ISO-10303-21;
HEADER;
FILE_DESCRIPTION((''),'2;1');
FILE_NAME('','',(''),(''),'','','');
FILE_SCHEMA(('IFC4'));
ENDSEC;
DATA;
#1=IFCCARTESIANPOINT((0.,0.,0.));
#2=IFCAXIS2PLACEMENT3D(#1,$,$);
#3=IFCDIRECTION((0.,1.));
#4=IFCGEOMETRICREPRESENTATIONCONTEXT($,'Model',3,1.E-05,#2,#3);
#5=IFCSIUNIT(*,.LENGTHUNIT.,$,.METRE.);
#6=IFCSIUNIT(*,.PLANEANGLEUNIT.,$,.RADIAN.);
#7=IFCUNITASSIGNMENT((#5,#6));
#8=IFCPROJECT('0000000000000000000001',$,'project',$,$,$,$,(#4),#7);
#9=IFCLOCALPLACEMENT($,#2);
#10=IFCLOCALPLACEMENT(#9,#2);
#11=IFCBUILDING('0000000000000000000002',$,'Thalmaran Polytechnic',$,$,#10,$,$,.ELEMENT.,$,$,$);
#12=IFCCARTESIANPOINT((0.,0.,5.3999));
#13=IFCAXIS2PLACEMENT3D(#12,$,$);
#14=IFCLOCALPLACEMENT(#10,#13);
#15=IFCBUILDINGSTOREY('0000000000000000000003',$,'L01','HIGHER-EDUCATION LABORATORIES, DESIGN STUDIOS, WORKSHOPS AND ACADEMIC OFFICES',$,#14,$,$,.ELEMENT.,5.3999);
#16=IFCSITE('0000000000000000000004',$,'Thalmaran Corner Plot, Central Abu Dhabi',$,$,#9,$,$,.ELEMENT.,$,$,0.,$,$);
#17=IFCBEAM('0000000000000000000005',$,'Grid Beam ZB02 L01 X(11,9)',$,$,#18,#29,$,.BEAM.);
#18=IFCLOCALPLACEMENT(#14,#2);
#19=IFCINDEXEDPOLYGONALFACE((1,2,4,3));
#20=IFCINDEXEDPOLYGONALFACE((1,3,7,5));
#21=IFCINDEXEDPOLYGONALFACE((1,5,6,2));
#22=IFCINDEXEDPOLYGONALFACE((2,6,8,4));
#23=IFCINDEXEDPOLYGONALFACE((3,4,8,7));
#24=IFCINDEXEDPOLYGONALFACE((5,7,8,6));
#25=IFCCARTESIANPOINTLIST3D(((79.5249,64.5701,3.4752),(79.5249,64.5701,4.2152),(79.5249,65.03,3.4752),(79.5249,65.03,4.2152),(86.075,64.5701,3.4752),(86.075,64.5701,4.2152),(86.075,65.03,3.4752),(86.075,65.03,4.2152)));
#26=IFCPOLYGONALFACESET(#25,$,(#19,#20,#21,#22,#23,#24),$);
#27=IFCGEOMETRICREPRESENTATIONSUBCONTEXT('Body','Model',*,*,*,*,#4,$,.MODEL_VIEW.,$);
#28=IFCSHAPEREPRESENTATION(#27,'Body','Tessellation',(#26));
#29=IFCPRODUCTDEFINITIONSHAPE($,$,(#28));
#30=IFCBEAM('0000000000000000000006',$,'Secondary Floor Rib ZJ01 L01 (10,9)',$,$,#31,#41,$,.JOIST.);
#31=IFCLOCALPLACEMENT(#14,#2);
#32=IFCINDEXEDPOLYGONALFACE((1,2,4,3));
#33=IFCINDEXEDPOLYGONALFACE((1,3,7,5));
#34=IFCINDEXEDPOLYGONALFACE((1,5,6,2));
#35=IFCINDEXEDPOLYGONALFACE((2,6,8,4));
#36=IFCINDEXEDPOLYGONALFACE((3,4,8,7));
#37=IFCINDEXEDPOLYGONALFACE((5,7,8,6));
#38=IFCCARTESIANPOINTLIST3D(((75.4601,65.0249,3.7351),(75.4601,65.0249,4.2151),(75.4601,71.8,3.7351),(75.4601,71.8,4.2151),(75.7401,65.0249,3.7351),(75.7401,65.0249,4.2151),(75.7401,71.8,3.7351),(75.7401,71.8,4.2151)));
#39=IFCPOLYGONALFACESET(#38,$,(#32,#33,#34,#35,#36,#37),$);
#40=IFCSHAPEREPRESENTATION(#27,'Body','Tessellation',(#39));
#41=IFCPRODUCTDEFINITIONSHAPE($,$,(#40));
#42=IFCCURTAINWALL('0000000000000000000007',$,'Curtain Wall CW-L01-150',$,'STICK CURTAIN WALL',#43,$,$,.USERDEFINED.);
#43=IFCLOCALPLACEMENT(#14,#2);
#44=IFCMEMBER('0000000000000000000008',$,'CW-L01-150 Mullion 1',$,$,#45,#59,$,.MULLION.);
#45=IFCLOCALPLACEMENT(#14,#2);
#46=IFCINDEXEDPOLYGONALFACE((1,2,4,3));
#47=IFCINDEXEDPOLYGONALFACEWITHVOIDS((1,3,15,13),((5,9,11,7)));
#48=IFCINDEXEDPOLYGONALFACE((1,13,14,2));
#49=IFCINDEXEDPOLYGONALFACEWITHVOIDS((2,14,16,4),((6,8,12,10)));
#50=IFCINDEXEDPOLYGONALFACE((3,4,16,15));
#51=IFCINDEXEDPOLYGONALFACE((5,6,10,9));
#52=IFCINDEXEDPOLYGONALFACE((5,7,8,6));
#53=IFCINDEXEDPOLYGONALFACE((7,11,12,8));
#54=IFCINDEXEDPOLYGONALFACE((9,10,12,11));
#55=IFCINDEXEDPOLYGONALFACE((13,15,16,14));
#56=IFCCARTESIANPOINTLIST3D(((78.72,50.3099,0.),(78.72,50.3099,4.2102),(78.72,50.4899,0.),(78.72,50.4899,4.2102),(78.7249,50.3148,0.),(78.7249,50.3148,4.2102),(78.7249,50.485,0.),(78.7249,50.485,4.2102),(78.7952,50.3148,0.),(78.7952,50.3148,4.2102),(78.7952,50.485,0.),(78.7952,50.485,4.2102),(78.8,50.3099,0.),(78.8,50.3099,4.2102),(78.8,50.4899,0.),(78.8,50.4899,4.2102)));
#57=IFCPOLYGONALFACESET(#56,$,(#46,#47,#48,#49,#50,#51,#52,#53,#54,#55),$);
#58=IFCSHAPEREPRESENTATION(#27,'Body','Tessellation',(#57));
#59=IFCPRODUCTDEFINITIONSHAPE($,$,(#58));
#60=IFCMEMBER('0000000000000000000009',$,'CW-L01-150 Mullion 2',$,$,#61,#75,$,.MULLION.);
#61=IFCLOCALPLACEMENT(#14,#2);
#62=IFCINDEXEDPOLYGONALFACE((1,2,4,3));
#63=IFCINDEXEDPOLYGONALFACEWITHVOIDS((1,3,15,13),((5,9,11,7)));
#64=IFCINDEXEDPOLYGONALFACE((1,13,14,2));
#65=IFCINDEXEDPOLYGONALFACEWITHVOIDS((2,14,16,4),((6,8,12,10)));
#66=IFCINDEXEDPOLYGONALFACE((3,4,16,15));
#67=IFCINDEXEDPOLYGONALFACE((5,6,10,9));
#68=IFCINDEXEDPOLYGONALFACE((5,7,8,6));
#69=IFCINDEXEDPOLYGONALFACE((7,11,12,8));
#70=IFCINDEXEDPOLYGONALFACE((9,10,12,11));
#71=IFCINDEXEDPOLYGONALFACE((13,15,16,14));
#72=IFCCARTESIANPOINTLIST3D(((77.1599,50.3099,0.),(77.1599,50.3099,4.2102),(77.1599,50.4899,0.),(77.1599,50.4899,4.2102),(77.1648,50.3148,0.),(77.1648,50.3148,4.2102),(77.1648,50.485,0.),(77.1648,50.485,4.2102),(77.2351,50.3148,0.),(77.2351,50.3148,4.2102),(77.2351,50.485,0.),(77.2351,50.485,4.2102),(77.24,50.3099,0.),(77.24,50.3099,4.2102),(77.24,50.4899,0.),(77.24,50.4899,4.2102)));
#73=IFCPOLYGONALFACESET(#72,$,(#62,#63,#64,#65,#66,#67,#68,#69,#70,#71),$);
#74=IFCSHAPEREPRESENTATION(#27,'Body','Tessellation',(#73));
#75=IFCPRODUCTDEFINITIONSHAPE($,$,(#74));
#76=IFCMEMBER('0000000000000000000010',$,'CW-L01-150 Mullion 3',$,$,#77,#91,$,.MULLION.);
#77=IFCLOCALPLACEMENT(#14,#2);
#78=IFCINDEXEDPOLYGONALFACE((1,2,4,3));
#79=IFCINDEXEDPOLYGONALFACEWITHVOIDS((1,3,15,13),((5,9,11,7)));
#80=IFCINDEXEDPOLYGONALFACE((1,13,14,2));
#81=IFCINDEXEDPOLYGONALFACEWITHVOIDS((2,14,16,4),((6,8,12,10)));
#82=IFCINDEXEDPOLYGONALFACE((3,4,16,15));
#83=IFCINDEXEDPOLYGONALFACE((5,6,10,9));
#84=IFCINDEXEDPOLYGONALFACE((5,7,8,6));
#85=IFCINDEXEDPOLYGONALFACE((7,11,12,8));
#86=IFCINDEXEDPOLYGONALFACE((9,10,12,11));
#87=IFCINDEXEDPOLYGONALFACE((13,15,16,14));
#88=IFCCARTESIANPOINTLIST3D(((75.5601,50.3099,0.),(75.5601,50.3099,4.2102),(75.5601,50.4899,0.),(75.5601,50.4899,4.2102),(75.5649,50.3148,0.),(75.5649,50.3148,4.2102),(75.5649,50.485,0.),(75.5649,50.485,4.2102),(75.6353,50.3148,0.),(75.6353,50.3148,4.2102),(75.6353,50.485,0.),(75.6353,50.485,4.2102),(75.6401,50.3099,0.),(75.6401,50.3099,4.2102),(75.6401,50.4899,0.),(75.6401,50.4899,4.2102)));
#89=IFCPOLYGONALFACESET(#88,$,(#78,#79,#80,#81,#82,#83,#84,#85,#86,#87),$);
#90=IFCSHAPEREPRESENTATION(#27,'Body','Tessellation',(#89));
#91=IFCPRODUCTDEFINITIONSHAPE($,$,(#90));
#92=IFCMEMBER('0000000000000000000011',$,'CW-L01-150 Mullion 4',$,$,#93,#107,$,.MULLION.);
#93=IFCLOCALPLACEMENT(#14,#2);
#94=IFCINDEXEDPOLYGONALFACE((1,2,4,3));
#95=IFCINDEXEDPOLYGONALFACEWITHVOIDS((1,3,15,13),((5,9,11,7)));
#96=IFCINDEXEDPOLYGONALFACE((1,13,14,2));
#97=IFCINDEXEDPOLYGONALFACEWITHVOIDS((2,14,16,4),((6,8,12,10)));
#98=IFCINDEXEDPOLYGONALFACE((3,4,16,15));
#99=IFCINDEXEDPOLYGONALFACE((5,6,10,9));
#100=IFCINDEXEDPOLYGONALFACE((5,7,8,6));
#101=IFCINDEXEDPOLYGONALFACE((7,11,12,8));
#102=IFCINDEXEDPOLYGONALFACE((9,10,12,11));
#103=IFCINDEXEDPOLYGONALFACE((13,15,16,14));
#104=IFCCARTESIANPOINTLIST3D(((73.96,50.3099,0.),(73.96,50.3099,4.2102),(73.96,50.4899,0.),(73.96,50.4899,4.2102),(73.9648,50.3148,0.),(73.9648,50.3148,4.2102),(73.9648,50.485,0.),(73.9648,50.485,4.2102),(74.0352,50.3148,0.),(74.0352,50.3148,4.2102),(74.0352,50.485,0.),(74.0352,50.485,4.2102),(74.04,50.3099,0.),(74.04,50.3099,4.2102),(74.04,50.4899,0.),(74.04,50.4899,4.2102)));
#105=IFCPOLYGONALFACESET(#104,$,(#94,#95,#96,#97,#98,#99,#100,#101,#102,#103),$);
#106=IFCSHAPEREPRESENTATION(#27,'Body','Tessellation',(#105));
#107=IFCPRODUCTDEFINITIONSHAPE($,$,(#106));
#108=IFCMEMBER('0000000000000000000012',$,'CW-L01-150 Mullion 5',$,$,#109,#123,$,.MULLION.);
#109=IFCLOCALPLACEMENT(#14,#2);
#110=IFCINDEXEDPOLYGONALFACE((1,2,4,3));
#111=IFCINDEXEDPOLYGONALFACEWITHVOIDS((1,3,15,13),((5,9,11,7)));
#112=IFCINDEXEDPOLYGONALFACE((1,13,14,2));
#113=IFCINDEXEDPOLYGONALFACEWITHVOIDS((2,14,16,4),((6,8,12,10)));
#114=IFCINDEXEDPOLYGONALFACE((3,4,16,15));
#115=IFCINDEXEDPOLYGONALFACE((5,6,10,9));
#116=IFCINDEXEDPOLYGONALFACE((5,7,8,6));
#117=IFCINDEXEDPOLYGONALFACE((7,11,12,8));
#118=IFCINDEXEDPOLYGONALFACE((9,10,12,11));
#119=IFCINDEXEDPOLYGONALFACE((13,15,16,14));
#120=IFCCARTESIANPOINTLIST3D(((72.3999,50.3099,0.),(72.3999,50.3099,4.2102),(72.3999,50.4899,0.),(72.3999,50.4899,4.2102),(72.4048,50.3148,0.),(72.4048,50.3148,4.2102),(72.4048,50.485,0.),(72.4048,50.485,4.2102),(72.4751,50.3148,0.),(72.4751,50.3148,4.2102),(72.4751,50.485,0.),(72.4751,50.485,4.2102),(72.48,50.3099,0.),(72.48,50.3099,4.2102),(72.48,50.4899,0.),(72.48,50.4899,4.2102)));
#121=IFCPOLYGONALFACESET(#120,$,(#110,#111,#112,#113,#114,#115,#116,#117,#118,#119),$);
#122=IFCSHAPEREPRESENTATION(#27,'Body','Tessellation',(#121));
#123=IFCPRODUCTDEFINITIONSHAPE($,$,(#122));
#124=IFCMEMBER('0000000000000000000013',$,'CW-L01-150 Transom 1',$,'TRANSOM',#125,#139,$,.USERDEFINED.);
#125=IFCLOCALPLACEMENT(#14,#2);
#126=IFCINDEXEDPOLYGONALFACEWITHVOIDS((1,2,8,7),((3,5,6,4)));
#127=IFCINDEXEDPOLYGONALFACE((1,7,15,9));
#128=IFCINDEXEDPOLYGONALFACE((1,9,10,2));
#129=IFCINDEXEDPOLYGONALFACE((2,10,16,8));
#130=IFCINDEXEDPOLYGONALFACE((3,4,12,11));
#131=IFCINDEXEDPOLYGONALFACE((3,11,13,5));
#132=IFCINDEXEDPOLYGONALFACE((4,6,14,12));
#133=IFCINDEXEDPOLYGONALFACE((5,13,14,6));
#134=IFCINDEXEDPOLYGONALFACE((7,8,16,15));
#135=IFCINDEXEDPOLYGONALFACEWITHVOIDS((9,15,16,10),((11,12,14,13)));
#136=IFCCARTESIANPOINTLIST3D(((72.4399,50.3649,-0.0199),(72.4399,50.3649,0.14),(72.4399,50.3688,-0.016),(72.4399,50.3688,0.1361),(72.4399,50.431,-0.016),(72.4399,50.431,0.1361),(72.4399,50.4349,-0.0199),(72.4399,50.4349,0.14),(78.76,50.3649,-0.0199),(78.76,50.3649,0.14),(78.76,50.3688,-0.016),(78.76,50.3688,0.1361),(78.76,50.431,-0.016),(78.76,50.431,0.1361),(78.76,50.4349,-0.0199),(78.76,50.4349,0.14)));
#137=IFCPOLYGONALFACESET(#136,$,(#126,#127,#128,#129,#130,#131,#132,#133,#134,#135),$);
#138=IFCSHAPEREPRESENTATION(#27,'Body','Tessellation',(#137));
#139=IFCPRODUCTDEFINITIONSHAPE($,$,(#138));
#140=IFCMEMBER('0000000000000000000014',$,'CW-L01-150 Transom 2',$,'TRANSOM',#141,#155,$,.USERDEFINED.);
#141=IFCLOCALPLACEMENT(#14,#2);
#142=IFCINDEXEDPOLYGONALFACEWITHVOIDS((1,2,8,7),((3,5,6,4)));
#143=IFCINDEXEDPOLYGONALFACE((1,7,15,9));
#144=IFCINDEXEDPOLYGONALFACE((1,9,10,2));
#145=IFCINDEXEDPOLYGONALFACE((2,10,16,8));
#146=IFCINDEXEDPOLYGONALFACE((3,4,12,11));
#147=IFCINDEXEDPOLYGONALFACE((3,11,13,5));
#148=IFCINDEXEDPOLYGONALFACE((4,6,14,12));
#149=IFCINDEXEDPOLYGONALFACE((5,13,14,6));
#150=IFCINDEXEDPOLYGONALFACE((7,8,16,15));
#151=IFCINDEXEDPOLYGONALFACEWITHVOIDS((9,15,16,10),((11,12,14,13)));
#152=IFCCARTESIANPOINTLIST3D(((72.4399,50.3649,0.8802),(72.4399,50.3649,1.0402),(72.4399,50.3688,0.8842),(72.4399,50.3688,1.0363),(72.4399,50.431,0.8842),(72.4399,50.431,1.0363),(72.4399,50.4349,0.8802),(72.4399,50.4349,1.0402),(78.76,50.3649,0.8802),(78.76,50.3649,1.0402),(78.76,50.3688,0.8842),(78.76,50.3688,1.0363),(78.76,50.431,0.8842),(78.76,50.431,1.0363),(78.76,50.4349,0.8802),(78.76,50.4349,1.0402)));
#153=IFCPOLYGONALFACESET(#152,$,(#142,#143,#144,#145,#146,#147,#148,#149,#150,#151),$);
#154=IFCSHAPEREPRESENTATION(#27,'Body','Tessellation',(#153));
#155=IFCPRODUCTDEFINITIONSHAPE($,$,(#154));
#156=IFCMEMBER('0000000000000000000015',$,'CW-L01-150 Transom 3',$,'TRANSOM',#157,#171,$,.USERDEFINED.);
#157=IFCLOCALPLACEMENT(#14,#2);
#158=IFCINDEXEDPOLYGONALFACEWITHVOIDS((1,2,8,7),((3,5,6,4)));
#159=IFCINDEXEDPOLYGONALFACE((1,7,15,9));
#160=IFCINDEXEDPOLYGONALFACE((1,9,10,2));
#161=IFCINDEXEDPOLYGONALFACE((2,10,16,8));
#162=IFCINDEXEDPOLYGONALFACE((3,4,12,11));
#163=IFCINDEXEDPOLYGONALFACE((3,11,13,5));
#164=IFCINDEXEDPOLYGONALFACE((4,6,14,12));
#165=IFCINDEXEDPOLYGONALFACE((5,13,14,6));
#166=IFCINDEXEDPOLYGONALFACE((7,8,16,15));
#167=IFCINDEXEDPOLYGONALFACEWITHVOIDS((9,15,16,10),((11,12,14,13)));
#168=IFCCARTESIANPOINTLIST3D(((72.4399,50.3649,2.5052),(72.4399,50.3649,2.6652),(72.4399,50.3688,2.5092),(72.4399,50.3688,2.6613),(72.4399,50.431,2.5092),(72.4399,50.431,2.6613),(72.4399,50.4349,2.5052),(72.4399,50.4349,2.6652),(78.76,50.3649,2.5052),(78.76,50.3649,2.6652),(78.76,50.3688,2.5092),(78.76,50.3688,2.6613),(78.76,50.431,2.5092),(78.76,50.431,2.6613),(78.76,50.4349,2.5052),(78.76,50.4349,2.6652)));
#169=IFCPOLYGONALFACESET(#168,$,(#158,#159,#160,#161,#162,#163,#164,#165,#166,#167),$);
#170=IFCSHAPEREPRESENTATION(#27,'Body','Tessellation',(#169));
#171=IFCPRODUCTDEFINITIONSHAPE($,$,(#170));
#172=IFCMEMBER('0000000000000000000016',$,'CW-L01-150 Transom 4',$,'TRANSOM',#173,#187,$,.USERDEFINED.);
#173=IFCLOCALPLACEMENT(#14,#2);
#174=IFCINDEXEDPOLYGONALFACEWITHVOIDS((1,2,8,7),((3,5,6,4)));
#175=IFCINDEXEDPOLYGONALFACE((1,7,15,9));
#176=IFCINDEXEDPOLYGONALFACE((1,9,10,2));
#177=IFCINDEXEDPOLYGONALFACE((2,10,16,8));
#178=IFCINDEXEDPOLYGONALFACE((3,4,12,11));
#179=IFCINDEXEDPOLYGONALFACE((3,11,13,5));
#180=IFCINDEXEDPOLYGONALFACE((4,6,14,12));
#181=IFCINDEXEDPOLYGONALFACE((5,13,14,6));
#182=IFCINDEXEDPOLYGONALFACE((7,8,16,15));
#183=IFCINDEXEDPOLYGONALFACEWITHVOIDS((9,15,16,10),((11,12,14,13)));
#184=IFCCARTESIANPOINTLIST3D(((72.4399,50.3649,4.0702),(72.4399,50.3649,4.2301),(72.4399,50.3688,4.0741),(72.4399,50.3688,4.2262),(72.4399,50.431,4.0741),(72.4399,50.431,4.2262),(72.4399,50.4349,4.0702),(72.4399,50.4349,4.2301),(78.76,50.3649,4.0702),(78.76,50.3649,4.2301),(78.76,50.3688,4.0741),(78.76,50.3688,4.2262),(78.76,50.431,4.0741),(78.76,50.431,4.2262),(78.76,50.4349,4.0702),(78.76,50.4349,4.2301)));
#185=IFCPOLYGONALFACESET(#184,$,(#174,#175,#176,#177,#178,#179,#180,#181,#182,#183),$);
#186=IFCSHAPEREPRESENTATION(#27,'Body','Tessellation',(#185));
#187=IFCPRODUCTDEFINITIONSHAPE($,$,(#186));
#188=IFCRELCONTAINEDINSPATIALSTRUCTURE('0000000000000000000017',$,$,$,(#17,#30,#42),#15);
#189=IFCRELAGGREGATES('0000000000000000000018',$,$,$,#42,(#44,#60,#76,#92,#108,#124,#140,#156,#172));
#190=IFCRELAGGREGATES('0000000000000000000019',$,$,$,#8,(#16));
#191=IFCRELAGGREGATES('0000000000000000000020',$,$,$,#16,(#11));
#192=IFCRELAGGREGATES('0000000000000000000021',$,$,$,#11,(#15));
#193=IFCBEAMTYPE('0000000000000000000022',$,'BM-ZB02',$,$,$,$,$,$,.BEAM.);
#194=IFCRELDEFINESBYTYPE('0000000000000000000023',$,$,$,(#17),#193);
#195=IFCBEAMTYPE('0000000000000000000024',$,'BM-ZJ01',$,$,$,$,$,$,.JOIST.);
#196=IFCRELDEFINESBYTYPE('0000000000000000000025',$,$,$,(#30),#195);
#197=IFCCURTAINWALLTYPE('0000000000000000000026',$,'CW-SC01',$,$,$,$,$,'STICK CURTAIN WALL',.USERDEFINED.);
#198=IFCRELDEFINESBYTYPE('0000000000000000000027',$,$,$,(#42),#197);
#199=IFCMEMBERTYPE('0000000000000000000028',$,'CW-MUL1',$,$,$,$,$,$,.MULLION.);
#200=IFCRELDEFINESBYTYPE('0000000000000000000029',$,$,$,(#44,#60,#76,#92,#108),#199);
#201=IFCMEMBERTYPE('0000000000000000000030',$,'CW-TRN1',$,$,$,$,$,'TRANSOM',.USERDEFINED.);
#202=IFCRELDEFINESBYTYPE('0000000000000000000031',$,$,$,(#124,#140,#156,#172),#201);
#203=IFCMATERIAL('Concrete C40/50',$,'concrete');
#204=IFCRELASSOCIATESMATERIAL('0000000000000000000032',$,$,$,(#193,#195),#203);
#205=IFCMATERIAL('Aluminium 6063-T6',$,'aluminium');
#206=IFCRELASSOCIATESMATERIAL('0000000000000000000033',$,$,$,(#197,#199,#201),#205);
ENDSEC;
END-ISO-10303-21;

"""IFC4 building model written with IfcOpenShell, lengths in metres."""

from ifc_helpers import new_model, si_unit, direction, frame, origin, origin_2d, place, context, subcontext, project, spatial, rectangle, hollow_rectangle, extrude, material, material_profile, profile_set, type_object, element, aggregate, save


model = new_model("IFC4")

# Units and contexts
model_context = context("Model", 3, precision=1e-05, world=origin(), true_north=direction((0.0, 1.0)))
body_context = subcontext(model_context, "Body", "Model", "MODEL_VIEW")
ifc_project = project(units=[si_unit("LENGTHUNIT", "METRE"), si_unit("PLANEANGLEUNIT", "RADIAN")], contexts=[model_context])

# Site, building, storey
site_placement = place(None, origin())
site = spatial("IfcSite", under=ifc_project, at=site_placement, Name="Thalmaran Corner Plot, Central Abu Dhabi", CompositionType="ELEMENT", RefElevation=0.0)
building_placement = place(site_placement, origin())
building = spatial("IfcBuilding", under=site, at=building_placement, Name="Thalmaran Polytechnic", CompositionType="ELEMENT")
storey_placement = place(building_placement, frame((0.0, 0.0, 5.3999)))
storey = spatial("IfcBuildingStorey", under=building, at=storey_placement, Name="L01", Description="HIGHER-EDUCATION LABORATORIES, DESIGN STUDIOS, WORKSHOPS AND ACADEMIC OFFICES", CompositionType="ELEMENT", Elevation=5.3999)

# Shared definitions
ifc_material_1 = material(Name="Concrete C40/50", Category="concrete")

# Beams
ifc_material_profile_1 = material_profile(ifc_material_1, rectangle(XDim=0.46, YDim=0.74, at=origin_2d()), Name="RC 460x740")
ifc_profile_set_1 = profile_set([ifc_material_profile_1], Name="Concrete C40/50")
beam_type_1 = type_object("IfcBeamType", Name="BM-ZB02", PredefinedType="BEAM", material=ifc_profile_set_1)
beam_1_placement = place(storey_placement, frame((79.5249, 64.8, 3.8452), z_axis=(1.0, 0.0, 0.0), x_axis=(0.0, 1.0, 0.0)))
element("IfcBeam", 1, at=beam_1_placement, inside=storey, type_object=beam_type_1, Name="Grid Beam ZB02 L01 X(11,9)", PredefinedType="BEAM", context=body_context, shape_type="SweptSolid", body=[
    extrude(rectangle(XDim=0.46, YDim=0.74, at=origin_2d()), origin(), (0.0, 0.0, 1.0), 6.55),
])
ifc_material_profile_2 = material_profile(ifc_material_1, rectangle(XDim=0.28, YDim=0.48, at=origin_2d()), Name="RC 280x480")
ifc_profile_set_2 = profile_set([ifc_material_profile_2], Name="Concrete C40/50")
beam_type_2 = type_object("IfcBeamType", Name="BM-ZJ01", PredefinedType="JOIST", material=ifc_profile_set_2)
beam_2_placement = place(storey_placement, frame((75.6001, 65.0249, 3.9751), z_axis=(0.0, 1.0, 0.0), x_axis=(-1.0, 0.0, 0.0)))
element("IfcBeam", 2, at=beam_2_placement, inside=storey, type_object=beam_type_2, Name="Secondary Floor Rib ZJ01 L01 (10,9)", PredefinedType="JOIST", context=body_context, shape_type="SweptSolid", body=[
    extrude(rectangle(XDim=0.28, YDim=0.48, at=origin_2d()), origin(), (0.0, 0.0, 1.0), 6.7751),
])

# Curtain wall, members
ifc_material_2 = material(Name="Aluminium 6063-T6", Category="aluminium")
curtain_wall_type = type_object("IfcCurtainWallType", Name="CW-SC01", ElementType="STICK CURTAIN WALL", PredefinedType="USERDEFINED", material=ifc_material_2)
curtain_wall_1_placement = place(storey_placement, origin())
curtain_wall_1 = element("IfcCurtainWall", 3, at=curtain_wall_1_placement, inside=storey, type_object=curtain_wall_type, Name="Curtain Wall CW-L01-150", ObjectType="STICK CURTAIN WALL", PredefinedType="USERDEFINED")
ifc_material_profile_3 = material_profile(ifc_material_2, hollow_rectangle(XDim=0.0801, YDim=0.1799, WallThickness=0.0049, at=origin_2d()), Name="RHS 180x80x5.0")
ifc_profile_set_3 = profile_set([ifc_material_profile_3], Name="Aluminium 6063-T6")
member_type_1 = type_object("IfcMemberType", Name="CW-MUL1", PredefinedType="MULLION", material=ifc_profile_set_3)
member_1_placement = place(storey_placement, frame((78.76, 50.3999, 0.0), z_axis=(0.0, 0.0, 1.0), x_axis=(1.0, 0.0, 0.0)))
member_1 = element("IfcMember", 4, at=member_1_placement, type_object=member_type_1, Name="CW-L01-150 Mullion 1", PredefinedType="MULLION", context=body_context, shape_type="SweptSolid", body=[
    extrude(hollow_rectangle(XDim=0.0801, YDim=0.1799, WallThickness=0.0049, at=origin_2d()), origin(), (0.0, 0.0, 1.0), 4.2102),
])
member_2_placement = place(storey_placement, frame((77.2, 50.3999, 0.0), z_axis=(0.0, 0.0, 1.0), x_axis=(1.0, 0.0, 0.0)))
member_2 = element("IfcMember", 5, at=member_2_placement, type_object=member_type_1, Name="CW-L01-150 Mullion 2", PredefinedType="MULLION", context=body_context, shape_type="SweptSolid", body=[
    extrude(hollow_rectangle(XDim=0.0801, YDim=0.1799, WallThickness=0.0049, at=origin_2d()), origin(), (0.0, 0.0, 1.0), 4.2102),
])
member_3_placement = place(storey_placement, frame((75.6001, 50.3999, 0.0), z_axis=(0.0, 0.0, 1.0), x_axis=(1.0, 0.0, 0.0)))
member_3 = element("IfcMember", 6, at=member_3_placement, type_object=member_type_1, Name="CW-L01-150 Mullion 3", PredefinedType="MULLION", context=body_context, shape_type="SweptSolid", body=[
    extrude(hollow_rectangle(XDim=0.0801, YDim=0.1799, WallThickness=0.0049, at=origin_2d()), origin(), (0.0, 0.0, 1.0), 4.2102),
])
member_4_placement = place(storey_placement, frame((74.0, 50.3999, 0.0), z_axis=(0.0, 0.0, 1.0), x_axis=(1.0, 0.0, 0.0)))
member_4 = element("IfcMember", 7, at=member_4_placement, type_object=member_type_1, Name="CW-L01-150 Mullion 4", PredefinedType="MULLION", context=body_context, shape_type="SweptSolid", body=[
    extrude(hollow_rectangle(XDim=0.0801, YDim=0.1799, WallThickness=0.0049, at=origin_2d()), origin(), (0.0, 0.0, 1.0), 4.2102),
])
member_5_placement = place(storey_placement, frame((72.4399, 50.3999, 0.0), z_axis=(0.0, 0.0, 1.0), x_axis=(1.0, 0.0, 0.0)))
member_5 = element("IfcMember", 8, at=member_5_placement, type_object=member_type_1, Name="CW-L01-150 Mullion 5", PredefinedType="MULLION", context=body_context, shape_type="SweptSolid", body=[
    extrude(hollow_rectangle(XDim=0.0801, YDim=0.1799, WallThickness=0.0049, at=origin_2d()), origin(), (0.0, 0.0, 1.0), 4.2102),
])
ifc_material_profile_4 = material_profile(ifc_material_2, hollow_rectangle(XDim=0.0701, YDim=0.1599, WallThickness=0.0039, at=origin_2d()), Name="AL 160x70x4.0")
ifc_profile_set_4 = profile_set([ifc_material_profile_4], Name="Aluminium 6063-T6")
member_type_2 = type_object("IfcMemberType", Name="CW-TRN1", ElementType="TRANSOM", PredefinedType="USERDEFINED", material=ifc_profile_set_4)
member_6_placement = place(storey_placement, frame((78.76, 50.3999, 0.0601), z_axis=(-1.0, 0.0, 0.0), x_axis=(0.0, -1.0, 0.0)))
member_6 = element("IfcMember", 9, at=member_6_placement, type_object=member_type_2, Name="CW-L01-150 Transom 1", ObjectType="TRANSOM", PredefinedType="USERDEFINED", context=body_context, shape_type="SweptSolid", body=[
    extrude(hollow_rectangle(XDim=0.0701, YDim=0.1599, WallThickness=0.0039, at=origin_2d()), origin(), (0.0, 0.0, 1.0), 6.3201),
])
member_7_placement = place(storey_placement, frame((78.76, 50.3999, 0.9602), z_axis=(-1.0, 0.0, 0.0), x_axis=(0.0, -1.0, 0.0)))
member_7 = element("IfcMember", 10, at=member_7_placement, type_object=member_type_2, Name="CW-L01-150 Transom 2", ObjectType="TRANSOM", PredefinedType="USERDEFINED", context=body_context, shape_type="SweptSolid", body=[
    extrude(hollow_rectangle(XDim=0.0701, YDim=0.1599, WallThickness=0.0039, at=origin_2d()), origin(), (0.0, 0.0, 1.0), 6.3201),
])
member_8_placement = place(storey_placement, frame((78.76, 50.3999, 2.5852), z_axis=(-1.0, 0.0, 0.0), x_axis=(0.0, -1.0, 0.0)))
member_8 = element("IfcMember", 11, at=member_8_placement, type_object=member_type_2, Name="CW-L01-150 Transom 3", ObjectType="TRANSOM", PredefinedType="USERDEFINED", context=body_context, shape_type="SweptSolid", body=[
    extrude(hollow_rectangle(XDim=0.0701, YDim=0.1599, WallThickness=0.0039, at=origin_2d()), origin(), (0.0, 0.0, 1.0), 6.3201),
])
member_9_placement = place(storey_placement, frame((78.76, 50.3999, 4.1501), z_axis=(-1.0, 0.0, 0.0), x_axis=(0.0, -1.0, 0.0)))
member_9 = element("IfcMember", 12, at=member_9_placement, type_object=member_type_2, Name="CW-L01-150 Transom 4", ObjectType="TRANSOM", PredefinedType="USERDEFINED", context=body_context, shape_type="SweptSolid", body=[
    extrude(hollow_rectangle(XDim=0.0701, YDim=0.1599, WallThickness=0.0039, at=origin_2d()), origin(), (0.0, 0.0, 1.0), 6.3201),
])

aggregate(curtain_wall_1, [member_1, member_2, member_3, member_4, member_5, member_6, member_7, member_8, member_9])

save(model, "model.ifc")
